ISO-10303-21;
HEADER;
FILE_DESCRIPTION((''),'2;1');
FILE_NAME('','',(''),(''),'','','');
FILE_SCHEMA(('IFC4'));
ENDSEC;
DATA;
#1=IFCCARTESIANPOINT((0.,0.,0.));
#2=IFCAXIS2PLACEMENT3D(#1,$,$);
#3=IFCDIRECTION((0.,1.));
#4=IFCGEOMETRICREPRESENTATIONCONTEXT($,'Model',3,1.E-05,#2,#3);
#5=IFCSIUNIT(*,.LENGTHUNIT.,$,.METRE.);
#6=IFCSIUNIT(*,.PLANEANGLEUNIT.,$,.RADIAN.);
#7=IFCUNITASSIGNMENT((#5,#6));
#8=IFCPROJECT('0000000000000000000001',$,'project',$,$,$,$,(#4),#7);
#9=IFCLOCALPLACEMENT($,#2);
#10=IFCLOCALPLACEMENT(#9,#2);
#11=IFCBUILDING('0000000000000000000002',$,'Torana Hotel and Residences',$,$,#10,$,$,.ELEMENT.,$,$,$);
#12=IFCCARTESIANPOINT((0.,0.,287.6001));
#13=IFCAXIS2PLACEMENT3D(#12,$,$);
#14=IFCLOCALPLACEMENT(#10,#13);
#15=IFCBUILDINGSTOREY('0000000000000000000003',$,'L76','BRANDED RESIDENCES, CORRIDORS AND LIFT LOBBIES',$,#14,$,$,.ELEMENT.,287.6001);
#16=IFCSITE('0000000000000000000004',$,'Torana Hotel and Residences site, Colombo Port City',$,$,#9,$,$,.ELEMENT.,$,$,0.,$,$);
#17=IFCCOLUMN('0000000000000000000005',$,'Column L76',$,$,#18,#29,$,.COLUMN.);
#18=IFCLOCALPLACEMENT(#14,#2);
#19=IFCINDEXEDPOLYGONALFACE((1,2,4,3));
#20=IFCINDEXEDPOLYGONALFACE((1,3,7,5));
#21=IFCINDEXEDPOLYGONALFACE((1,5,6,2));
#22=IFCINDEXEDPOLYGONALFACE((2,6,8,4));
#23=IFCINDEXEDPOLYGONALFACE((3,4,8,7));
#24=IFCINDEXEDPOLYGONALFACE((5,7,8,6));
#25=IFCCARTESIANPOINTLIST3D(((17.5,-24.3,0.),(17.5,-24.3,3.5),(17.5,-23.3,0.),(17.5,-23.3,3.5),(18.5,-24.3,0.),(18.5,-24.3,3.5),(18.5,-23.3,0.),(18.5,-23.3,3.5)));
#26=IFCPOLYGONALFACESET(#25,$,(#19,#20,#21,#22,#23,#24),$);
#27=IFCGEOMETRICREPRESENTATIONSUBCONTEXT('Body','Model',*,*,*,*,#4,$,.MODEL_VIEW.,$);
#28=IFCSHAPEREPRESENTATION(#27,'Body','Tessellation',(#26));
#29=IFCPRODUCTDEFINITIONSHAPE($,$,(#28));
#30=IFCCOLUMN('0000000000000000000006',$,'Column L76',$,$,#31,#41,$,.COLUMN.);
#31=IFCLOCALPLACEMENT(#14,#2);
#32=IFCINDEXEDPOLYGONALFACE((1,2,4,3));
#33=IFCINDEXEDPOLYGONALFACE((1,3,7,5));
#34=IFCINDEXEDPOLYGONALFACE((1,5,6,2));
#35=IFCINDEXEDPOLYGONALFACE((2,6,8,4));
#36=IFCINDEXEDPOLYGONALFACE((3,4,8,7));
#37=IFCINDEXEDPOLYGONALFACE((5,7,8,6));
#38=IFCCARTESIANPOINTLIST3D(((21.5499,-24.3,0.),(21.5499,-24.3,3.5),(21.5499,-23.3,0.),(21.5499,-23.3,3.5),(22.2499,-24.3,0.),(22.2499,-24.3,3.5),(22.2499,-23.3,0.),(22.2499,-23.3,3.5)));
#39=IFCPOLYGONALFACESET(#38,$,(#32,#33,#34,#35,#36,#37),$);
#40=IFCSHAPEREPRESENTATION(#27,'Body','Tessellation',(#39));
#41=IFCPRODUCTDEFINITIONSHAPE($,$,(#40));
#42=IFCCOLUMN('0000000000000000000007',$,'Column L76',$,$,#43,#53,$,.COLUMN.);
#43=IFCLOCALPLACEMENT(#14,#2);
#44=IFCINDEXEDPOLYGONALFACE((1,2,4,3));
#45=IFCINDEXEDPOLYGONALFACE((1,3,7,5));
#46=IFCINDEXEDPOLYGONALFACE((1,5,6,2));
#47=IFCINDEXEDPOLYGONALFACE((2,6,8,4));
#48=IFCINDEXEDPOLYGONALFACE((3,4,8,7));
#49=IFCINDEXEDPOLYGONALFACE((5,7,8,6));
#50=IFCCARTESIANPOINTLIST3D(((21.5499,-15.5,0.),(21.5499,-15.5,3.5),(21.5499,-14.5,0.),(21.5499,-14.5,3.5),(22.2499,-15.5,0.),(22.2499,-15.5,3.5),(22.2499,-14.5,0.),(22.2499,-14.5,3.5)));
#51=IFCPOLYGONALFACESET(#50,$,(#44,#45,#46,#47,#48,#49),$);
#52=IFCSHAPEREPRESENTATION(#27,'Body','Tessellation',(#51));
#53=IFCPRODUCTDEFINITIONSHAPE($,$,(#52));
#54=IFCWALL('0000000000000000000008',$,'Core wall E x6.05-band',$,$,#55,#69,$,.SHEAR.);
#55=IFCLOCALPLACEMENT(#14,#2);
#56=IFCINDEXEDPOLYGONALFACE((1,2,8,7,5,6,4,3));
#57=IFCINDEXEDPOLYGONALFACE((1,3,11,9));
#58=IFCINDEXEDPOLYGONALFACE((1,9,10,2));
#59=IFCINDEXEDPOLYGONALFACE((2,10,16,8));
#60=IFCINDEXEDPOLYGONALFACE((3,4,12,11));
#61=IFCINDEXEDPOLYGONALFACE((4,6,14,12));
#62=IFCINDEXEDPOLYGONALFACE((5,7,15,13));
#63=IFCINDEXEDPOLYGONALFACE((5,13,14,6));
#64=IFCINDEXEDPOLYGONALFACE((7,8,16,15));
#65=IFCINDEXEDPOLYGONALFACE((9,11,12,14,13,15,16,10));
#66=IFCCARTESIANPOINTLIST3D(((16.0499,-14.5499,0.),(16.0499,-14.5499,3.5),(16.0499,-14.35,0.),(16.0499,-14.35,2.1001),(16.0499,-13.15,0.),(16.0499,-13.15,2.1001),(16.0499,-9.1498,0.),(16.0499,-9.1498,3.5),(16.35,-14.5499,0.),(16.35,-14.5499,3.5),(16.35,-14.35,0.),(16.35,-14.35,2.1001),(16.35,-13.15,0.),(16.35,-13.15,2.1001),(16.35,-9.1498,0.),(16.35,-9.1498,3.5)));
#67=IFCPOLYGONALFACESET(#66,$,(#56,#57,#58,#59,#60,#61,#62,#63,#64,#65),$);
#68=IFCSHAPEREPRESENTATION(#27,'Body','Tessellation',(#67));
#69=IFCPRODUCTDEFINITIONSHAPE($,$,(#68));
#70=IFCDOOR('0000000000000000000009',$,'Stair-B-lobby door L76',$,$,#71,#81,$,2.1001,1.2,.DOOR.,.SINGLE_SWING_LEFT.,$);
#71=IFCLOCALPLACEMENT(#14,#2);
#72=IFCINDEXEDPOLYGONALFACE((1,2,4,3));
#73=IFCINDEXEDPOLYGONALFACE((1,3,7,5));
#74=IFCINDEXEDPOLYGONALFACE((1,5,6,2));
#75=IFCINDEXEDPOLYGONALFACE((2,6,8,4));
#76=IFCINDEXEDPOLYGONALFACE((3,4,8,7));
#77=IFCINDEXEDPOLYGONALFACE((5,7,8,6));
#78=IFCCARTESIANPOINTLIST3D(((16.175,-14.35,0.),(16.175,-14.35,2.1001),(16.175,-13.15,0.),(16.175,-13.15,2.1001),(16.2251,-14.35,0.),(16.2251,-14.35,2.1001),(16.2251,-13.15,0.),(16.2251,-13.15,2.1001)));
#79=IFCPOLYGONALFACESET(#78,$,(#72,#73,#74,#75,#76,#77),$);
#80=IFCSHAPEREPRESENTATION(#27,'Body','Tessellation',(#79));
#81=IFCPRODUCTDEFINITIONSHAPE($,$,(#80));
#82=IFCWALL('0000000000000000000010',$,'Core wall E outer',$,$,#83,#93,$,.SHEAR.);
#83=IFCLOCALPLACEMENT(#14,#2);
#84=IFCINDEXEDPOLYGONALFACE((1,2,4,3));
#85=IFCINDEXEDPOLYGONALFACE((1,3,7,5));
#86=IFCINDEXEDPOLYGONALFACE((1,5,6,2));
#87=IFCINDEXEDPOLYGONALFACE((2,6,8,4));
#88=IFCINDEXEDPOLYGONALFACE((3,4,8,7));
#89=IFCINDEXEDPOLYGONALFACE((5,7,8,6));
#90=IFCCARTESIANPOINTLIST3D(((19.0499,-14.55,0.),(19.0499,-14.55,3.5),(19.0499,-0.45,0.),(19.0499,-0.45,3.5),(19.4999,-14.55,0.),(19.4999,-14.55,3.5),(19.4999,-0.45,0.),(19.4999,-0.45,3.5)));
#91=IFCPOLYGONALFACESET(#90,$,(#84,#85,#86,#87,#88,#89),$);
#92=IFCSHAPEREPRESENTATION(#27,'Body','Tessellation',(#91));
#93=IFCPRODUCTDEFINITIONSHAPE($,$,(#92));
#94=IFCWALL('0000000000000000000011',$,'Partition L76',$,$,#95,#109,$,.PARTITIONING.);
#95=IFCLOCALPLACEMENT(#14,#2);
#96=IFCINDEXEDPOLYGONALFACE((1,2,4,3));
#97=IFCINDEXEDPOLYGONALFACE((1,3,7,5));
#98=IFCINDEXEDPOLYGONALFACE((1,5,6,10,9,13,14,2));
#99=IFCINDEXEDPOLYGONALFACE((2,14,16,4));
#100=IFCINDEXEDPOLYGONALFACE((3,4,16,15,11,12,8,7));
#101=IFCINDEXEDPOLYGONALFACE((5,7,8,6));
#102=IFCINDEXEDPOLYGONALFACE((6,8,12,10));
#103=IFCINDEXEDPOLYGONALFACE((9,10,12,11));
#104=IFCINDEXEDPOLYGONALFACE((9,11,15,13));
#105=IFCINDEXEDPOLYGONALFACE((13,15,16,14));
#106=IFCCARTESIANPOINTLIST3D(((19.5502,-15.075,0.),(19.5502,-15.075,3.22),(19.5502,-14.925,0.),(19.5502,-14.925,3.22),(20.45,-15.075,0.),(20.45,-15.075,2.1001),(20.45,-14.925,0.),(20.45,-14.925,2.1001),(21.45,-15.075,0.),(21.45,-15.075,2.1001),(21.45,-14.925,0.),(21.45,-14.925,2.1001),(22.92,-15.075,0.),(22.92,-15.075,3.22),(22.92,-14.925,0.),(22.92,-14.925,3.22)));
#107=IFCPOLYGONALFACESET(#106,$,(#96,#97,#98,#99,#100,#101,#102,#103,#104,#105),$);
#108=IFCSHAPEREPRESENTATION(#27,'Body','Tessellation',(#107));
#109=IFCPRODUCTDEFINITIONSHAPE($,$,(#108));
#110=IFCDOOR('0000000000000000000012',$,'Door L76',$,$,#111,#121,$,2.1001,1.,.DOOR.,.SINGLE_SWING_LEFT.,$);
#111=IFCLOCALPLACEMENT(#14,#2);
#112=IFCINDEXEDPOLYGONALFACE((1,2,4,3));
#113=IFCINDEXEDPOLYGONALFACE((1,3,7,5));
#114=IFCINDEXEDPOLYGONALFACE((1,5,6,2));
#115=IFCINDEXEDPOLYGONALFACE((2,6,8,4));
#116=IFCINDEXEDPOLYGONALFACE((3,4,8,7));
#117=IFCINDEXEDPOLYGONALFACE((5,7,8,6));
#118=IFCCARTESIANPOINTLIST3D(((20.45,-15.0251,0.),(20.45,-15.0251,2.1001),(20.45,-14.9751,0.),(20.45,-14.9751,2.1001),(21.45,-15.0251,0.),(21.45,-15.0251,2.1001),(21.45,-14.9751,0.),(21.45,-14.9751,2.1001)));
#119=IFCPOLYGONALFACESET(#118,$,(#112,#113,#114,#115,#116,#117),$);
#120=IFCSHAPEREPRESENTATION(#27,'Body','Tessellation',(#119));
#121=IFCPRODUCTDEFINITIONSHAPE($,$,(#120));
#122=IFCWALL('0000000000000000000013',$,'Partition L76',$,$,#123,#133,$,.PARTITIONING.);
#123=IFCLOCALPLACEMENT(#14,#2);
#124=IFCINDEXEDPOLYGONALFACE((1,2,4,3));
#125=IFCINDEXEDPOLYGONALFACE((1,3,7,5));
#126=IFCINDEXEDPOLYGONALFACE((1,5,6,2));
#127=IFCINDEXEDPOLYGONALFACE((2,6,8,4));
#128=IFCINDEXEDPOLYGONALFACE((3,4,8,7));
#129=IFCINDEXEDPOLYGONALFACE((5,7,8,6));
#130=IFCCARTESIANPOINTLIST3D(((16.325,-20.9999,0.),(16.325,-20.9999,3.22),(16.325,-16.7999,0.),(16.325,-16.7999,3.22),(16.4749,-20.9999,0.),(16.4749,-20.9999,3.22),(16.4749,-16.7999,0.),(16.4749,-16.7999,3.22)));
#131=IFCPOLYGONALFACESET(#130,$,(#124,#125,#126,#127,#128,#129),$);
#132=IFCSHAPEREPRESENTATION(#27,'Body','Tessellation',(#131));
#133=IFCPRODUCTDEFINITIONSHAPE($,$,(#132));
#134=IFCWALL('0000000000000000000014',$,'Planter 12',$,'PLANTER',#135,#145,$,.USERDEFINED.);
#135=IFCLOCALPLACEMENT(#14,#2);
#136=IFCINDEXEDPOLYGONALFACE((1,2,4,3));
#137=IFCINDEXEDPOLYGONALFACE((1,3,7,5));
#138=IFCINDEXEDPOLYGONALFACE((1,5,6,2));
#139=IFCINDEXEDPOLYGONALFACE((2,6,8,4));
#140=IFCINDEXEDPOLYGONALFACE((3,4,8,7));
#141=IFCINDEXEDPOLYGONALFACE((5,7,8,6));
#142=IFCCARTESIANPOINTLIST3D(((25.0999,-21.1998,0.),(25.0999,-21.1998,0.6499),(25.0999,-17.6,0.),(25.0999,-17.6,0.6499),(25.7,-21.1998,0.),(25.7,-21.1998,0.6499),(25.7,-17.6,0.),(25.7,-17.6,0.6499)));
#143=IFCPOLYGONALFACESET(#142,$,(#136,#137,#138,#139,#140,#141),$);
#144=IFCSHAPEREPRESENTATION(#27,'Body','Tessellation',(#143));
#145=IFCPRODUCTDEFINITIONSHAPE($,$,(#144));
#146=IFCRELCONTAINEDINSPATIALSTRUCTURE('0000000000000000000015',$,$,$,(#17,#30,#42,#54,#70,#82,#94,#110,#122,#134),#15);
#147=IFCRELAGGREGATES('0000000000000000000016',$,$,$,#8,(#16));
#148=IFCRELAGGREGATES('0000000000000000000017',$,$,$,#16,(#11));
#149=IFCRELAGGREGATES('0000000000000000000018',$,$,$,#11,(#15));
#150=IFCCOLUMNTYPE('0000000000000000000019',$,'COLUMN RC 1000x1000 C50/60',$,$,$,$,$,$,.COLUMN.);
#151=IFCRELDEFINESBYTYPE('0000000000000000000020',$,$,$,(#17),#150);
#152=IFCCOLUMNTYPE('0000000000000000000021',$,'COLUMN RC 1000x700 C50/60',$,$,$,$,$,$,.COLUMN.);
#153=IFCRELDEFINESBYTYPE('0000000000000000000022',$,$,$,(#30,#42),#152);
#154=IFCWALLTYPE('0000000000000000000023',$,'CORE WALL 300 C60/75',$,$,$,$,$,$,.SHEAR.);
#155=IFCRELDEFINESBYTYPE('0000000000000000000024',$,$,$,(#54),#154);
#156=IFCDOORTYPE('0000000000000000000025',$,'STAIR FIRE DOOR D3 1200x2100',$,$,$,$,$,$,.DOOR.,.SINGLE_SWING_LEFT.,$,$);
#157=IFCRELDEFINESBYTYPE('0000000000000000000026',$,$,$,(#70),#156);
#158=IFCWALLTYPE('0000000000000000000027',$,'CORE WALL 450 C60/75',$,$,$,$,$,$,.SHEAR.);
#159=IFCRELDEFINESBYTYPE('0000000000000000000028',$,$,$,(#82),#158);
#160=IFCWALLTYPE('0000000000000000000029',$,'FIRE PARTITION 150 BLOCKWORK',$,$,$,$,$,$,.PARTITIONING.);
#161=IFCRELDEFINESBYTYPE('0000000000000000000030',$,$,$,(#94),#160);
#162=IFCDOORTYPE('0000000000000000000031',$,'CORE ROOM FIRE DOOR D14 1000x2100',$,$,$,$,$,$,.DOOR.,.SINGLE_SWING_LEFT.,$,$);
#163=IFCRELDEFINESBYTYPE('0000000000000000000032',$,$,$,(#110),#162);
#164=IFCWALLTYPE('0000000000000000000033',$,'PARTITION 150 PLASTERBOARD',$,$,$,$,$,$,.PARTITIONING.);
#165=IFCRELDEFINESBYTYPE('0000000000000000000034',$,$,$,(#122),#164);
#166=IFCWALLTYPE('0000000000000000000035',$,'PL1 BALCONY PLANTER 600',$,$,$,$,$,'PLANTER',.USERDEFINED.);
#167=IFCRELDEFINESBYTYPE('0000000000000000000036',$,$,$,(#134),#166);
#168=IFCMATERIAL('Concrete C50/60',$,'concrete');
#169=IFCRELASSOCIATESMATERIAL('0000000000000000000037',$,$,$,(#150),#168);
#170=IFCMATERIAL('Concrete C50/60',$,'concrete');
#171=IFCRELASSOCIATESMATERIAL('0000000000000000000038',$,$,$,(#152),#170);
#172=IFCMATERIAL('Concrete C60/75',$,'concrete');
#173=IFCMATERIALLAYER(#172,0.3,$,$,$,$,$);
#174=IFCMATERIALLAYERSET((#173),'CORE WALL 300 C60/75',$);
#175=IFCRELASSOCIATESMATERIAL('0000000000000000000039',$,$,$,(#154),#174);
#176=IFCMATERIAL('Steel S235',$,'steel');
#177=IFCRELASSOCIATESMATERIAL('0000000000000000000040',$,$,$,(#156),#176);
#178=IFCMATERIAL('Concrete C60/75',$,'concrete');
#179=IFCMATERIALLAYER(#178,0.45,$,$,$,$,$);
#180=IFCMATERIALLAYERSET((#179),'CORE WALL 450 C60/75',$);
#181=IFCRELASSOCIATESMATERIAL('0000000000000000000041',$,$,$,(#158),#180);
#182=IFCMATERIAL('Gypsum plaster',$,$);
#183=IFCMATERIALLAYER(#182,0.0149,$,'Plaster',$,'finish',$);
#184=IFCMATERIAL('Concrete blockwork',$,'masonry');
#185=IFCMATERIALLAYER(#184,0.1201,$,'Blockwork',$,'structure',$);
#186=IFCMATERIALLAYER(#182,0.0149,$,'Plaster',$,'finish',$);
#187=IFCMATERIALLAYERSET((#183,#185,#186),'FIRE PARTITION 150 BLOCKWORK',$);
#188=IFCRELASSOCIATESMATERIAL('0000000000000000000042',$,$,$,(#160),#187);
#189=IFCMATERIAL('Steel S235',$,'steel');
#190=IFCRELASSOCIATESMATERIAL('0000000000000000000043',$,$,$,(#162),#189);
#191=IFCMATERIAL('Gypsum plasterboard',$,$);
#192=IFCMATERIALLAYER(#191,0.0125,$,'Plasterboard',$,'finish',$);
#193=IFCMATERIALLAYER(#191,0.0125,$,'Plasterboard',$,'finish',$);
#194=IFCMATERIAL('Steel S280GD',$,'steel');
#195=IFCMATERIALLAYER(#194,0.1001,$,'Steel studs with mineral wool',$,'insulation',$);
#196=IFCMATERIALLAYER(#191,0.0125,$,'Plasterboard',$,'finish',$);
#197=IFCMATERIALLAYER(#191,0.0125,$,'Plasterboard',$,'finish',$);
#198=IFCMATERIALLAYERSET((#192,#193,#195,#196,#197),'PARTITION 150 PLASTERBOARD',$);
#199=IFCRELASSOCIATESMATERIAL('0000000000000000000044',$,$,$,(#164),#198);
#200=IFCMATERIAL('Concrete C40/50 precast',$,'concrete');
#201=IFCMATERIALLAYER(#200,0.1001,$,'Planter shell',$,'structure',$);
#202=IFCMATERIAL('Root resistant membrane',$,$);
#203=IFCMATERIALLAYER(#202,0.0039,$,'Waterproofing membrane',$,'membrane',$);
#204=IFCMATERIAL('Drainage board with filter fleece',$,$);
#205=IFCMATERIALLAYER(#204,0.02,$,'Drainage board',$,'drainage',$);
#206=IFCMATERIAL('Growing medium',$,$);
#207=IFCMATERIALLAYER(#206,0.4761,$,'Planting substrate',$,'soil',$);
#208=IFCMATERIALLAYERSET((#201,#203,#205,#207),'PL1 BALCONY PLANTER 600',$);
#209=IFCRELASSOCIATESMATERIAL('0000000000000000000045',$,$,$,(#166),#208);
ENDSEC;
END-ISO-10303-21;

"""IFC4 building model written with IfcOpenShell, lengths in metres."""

from ifc_helpers import new_model, si_unit, direction, frame, frame_2d, origin, origin_2d, place, context, subcontext, project, spatial, rectangle, extrude, material, layer, layer_set, material_profile, profile_set, type_object, element, fill, save


model = new_model("IFC4")

# Units and contexts
model_context = context("Model", 3, precision=1e-05, world=origin(), true_north=direction((0.0, 1.0)))
body_context = subcontext(model_context, "Body", "Model", "MODEL_VIEW")
ifc_project = project(units=[si_unit("LENGTHUNIT", "METRE"), si_unit("PLANEANGLEUNIT", "RADIAN")], contexts=[model_context])

# Site, building, storey
site_placement = place(None, origin())
site = spatial("IfcSite", under=ifc_project, at=site_placement, Name="Torana Hotel and Residences site, Colombo Port City", CompositionType="ELEMENT", RefElevation=0.0)
building_placement = place(site_placement, origin())
building = spatial("IfcBuilding", under=site, at=building_placement, Name="Torana Hotel and Residences", CompositionType="ELEMENT")
storey_placement = place(building_placement, frame((0.0, 0.0, 287.6001)))
storey = spatial("IfcBuildingStorey", under=building, at=storey_placement, Name="L76", Description="BRANDED RESIDENCES, CORRIDORS AND LIFT LOBBIES", CompositionType="ELEMENT", Elevation=287.6001)

# Columns
ifc_material_1 = material(Name="Concrete C50/60", Category="concrete")
ifc_material_profile_1 = material_profile(ifc_material_1, rectangle(XDim=1.0, YDim=1.0, at=origin_2d()), Name="RC 1000x1000")
ifc_profile_set_1 = profile_set([ifc_material_profile_1], Name="Concrete C50/60")
column_type_1 = type_object("IfcColumnType", Name="COLUMN RC 1000x1000 C50/60", PredefinedType="COLUMN", material=ifc_profile_set_1)
column_placement = place(storey_placement, frame((18.0, -23.8, 0.0), z_axis=(0.0, 0.0, 1.0), x_axis=(1.0, 0.0, 0.0)))
element("IfcColumn", 1, at=column_placement, inside=storey, type_object=column_type_1, Name="Column L76", PredefinedType="COLUMN", context=body_context, shape_type="SweptSolid", body=[
    extrude(rectangle(XDim=1.0, YDim=1.0, at=origin_2d()), origin(), (0.0, 0.0, 1.0), 3.5),
])
ifc_material_2 = material(Name="Concrete C50/60", Category="concrete")
ifc_material_profile_2 = material_profile(ifc_material_2, rectangle(XDim=1.0, YDim=0.7, at=origin_2d()), Name="RC 1000x700")
ifc_profile_set_2 = profile_set([ifc_material_profile_2], Name="Concrete C50/60")
column_type_2 = type_object("IfcColumnType", Name="COLUMN RC 1000x700 C50/60", PredefinedType="COLUMN", material=ifc_profile_set_2)
for number, where, z_axis, x_axis, name in (
    (2, (21.8999, -23.8, 0.0), (0.0, 0.0, 1.0), (0.0, 1.0, 0.0), "Column L76"),
    (3, (21.8999, -15.0, 0.0), (0.0, 0.0, 1.0), (0.0, 1.0, 0.0), "Column L76"),
):
    element("IfcColumn", number, at=place(storey_placement, frame(where, z_axis=z_axis, x_axis=x_axis)), inside=storey, type_object=column_type_2, Name=name, PredefinedType="COLUMN", context=body_context, shape_type="SweptSolid", body=[
        extrude(rectangle(XDim=1.0, YDim=0.7, at=origin_2d()), origin(), (0.0, 0.0, 1.0), 3.5),
    ])

# Wall, opening, door
ifc_material_3 = material(Name="Concrete C60/75", Category="concrete")
ifc_layer_1 = layer(ifc_material_3, 0.3)
ifc_layer_set_1 = layer_set([ifc_layer_1], Name="CORE WALL 300 C60/75")
wall_type_1 = type_object("IfcWallType", Name="CORE WALL 300 C60/75", PredefinedType="SHEAR", material=ifc_layer_set_1)
wall_1_placement = place(storey_placement, frame((16.2, -14.55, 0.0), z_axis=(0.0, 0.0, 1.0), x_axis=(0.0, 1.0, 0.0)))
wall_1 = element("IfcWall", 4, at=wall_1_placement, inside=storey, type_object=wall_type_1, Name="Core wall E x6.05-band", PredefinedType="SHEAR", context=body_context, shape_type="SweptSolid", body=[
    extrude(rectangle(XDim=5.4001, YDim=0.3, at=frame_2d((2.7002, 0.0))), origin(), (0.0, 0.0, 1.0), 3.5),
])
opening_1_placement = place(wall_1_placement, frame((0.2, 0.0, 0.0)))
opening_1 = element("IfcOpeningElement", 5, at=opening_1_placement, cuts=wall_1, PredefinedType="OPENING", context=body_context, shape_type="SweptSolid", body=[
    extrude(rectangle(XDim=1.2, YDim=2.1001, at=frame_2d((0.6001, 1.05))), frame((0.0, 0.1599, 0.0), z_axis=(0.0, -1.0, 0.0), x_axis=(1.0, 0.0, 0.0)), (0.0, 0.0, 1.0), 0.3201),
])
ifc_material_4 = material(Name="Steel S235", Category="steel")
door_type_1 = type_object("IfcDoorType", Name="STAIR FIRE DOOR D3 1200x2100", OperationType="SINGLE_SWING_LEFT", PredefinedType="DOOR", material=ifc_material_4)
door_1_placement = place(opening_1_placement, frame((0.6001, 0.0, 0.0), z_axis=(0.0, 0.0, 1.0), x_axis=(-1.0, 0.0, 0.0)))
door_1 = element("IfcDoor", 6, at=door_1_placement, inside=storey, type_object=door_type_1, Name="Stair-B-lobby door L76", OperationType="SINGLE_SWING_LEFT", OverallHeight=2.1001, OverallWidth=1.2, PredefinedType="DOOR", context=body_context, shape_type="SweptSolid", body=[
    extrude(rectangle(XDim=1.2, YDim=2.1001, at=frame_2d((0.0, 1.05))), frame((0.0, -0.0249, 0.0), z_axis=(0.0, 1.0, 0.0), x_axis=(-1.0, 0.0, 0.0)), (0.0, 0.0, 1.0), 0.05),
])
fill(opening_1, door_1)

# Wall
ifc_material_5 = material(Name="Concrete C60/75", Category="concrete")
ifc_layer_2 = layer(ifc_material_5, 0.45)
ifc_layer_set_2 = layer_set([ifc_layer_2], Name="CORE WALL 450 C60/75")
wall_type_2 = type_object("IfcWallType", Name="CORE WALL 450 C60/75", PredefinedType="SHEAR", material=ifc_layer_set_2)
wall_2_placement = place(storey_placement, frame((19.2749, -14.55, 0.0), z_axis=(0.0, 0.0, 1.0), x_axis=(0.0, 1.0, 0.0)))
element("IfcWall", 7, at=wall_2_placement, inside=storey, type_object=wall_type_2, Name="Core wall E outer", PredefinedType="SHEAR", context=body_context, shape_type="SweptSolid", body=[
    extrude(rectangle(XDim=14.1001, YDim=0.45, at=frame_2d((7.05, 0.0))), origin(), (0.0, 0.0, 1.0), 3.5),
])

# Wall, opening, door
ifc_material_6 = material(Name="Gypsum plaster")
ifc_layer_3 = layer(ifc_material_6, 0.0149, Name="Plaster", Category="finish")
ifc_material_7 = material(Name="Concrete blockwork", Category="masonry")
ifc_layer_4 = layer(ifc_material_7, 0.1201, Name="Blockwork", Category="structure")
ifc_layer_5 = layer(ifc_material_6, 0.0149, Name="Plaster", Category="finish")
ifc_layer_set_3 = layer_set([ifc_layer_3, ifc_layer_4, ifc_layer_5], Name="FIRE PARTITION 150 BLOCKWORK")
wall_type_3 = type_object("IfcWallType", Name="FIRE PARTITION 150 BLOCKWORK", PredefinedType="PARTITIONING", material=ifc_layer_set_3)
wall_3_placement = place(storey_placement, frame((19.55, -15.0, 0.0), z_axis=(0.0, 0.0, 1.0), x_axis=(1.0, 0.0, 0.0)))
wall_3 = element("IfcWall", 8, at=wall_3_placement, inside=storey, type_object=wall_type_3, Name="Partition L76", PredefinedType="PARTITIONING", context=body_context, shape_type="SweptSolid", body=[
    extrude(rectangle(XDim=3.3699, YDim=0.1499, at=frame_2d((1.6851, 0.0))), origin(), (0.0, 0.0, 1.0), 3.22),
])
opening_2_placement = place(wall_3_placement, frame((0.8999, 0.0, 0.0)))
opening_2 = element("IfcOpeningElement", 9, at=opening_2_placement, cuts=wall_3, PredefinedType="OPENING", context=body_context, shape_type="SweptSolid", body=[
    extrude(rectangle(XDim=1.0, YDim=2.1001, at=frame_2d((0.5, 1.05))), frame((0.0, 0.085, 0.0), z_axis=(0.0, -1.0, 0.0), x_axis=(1.0, 0.0, 0.0)), (0.0, 0.0, 1.0), 0.1699),
])
ifc_material_8 = material(Name="Steel S235", Category="steel")
door_type_2 = type_object("IfcDoorType", Name="CORE ROOM FIRE DOOR D14 1000x2100", OperationType="SINGLE_SWING_LEFT", PredefinedType="DOOR", material=ifc_material_8)
door_2_placement = place(opening_2_placement, origin())
door_2 = element("IfcDoor", 10, at=door_2_placement, inside=storey, type_object=door_type_2, Name="Door L76", OperationType="SINGLE_SWING_LEFT", OverallHeight=2.1001, OverallWidth=1.0, PredefinedType="DOOR", context=body_context, shape_type="SweptSolid", body=[
    extrude(rectangle(XDim=1.0, YDim=2.1001, at=frame_2d((0.5, 1.05))), frame((0.0, 0.0249, 0.0), z_axis=(0.0, -1.0, 0.0), x_axis=(1.0, 0.0, 0.0)), (0.0, 0.0, 1.0), 0.05),
])
fill(opening_2, door_2)

# Walls
ifc_material_9 = material(Name="Gypsum plasterboard")
ifc_layer_6 = layer(ifc_material_9, 0.0125, Name="Plasterboard", Category="finish")
ifc_layer_7 = layer(ifc_material_9, 0.0125, Name="Plasterboard", Category="finish")
ifc_material_10 = material(Name="Steel S280GD", Category="steel")
ifc_layer_8 = layer(ifc_material_10, 0.1001, Name="Steel studs with mineral wool", Category="insulation")
ifc_layer_9 = layer(ifc_material_9, 0.0125, Name="Plasterboard", Category="finish")
ifc_layer_10 = layer(ifc_material_9, 0.0125, Name="Plasterboard", Category="finish")
ifc_layer_set_4 = layer_set([ifc_layer_6, ifc_layer_7, ifc_layer_8, ifc_layer_9, ifc_layer_10], Name="PARTITION 150 PLASTERBOARD")
wall_type_4 = type_object("IfcWallType", Name="PARTITION 150 PLASTERBOARD", PredefinedType="PARTITIONING", material=ifc_layer_set_4)
wall_4_placement = place(storey_placement, frame((16.3999, -21.0, 0.0), z_axis=(0.0, 0.0, 1.0), x_axis=(0.0, 1.0, 0.0)))
element("IfcWall", 11, at=wall_4_placement, inside=storey, type_object=wall_type_4, Name="Partition L76", PredefinedType="PARTITIONING", context=body_context, shape_type="SweptSolid", body=[
    extrude(rectangle(XDim=4.2, YDim=0.1499, at=frame_2d((2.1001, 0.0))), origin(), (0.0, 0.0, 1.0), 3.22),
])
ifc_material_11 = material(Name="Concrete C40/50 precast", Category="concrete")
ifc_layer_11 = layer(ifc_material_11, 0.1001, Name="Planter shell", Category="structure")
ifc_material_12 = material(Name="Root resistant membrane")
ifc_layer_12 = layer(ifc_material_12, 0.0039, Name="Waterproofing membrane", Category="membrane")
ifc_material_13 = material(Name="Drainage board with filter fleece")
ifc_layer_13 = layer(ifc_material_13, 0.02, Name="Drainage board", Category="drainage")
ifc_material_14 = material(Name="Growing medium")
ifc_layer_14 = layer(ifc_material_14, 0.4761, Name="Planting substrate", Category="soil")
ifc_layer_set_5 = layer_set([ifc_layer_11, ifc_layer_12, ifc_layer_13, ifc_layer_14], Name="PL1 BALCONY PLANTER 600")
wall_type_5 = type_object("IfcWallType", Name="PL1 BALCONY PLANTER 600", ElementType="PLANTER", PredefinedType="USERDEFINED", material=ifc_layer_set_5)
wall_5_placement = place(storey_placement, frame((25.3999, -17.6001, 0.0), z_axis=(0.0, 0.0, 1.0), x_axis=(0.0, -1.0, 0.0)))
element("IfcWall", 12, at=wall_5_placement, inside=storey, type_object=wall_type_5, Name="Planter 12", ObjectType="PLANTER", PredefinedType="USERDEFINED", context=body_context, shape_type="SweptSolid", body=[
    extrude(rectangle(XDim=3.5999, YDim=0.6001, at=frame_2d((1.7998, 0.0))), origin(), (0.0, 0.0, 1.0), 0.6499),
])

save(model, "model.ifc")
